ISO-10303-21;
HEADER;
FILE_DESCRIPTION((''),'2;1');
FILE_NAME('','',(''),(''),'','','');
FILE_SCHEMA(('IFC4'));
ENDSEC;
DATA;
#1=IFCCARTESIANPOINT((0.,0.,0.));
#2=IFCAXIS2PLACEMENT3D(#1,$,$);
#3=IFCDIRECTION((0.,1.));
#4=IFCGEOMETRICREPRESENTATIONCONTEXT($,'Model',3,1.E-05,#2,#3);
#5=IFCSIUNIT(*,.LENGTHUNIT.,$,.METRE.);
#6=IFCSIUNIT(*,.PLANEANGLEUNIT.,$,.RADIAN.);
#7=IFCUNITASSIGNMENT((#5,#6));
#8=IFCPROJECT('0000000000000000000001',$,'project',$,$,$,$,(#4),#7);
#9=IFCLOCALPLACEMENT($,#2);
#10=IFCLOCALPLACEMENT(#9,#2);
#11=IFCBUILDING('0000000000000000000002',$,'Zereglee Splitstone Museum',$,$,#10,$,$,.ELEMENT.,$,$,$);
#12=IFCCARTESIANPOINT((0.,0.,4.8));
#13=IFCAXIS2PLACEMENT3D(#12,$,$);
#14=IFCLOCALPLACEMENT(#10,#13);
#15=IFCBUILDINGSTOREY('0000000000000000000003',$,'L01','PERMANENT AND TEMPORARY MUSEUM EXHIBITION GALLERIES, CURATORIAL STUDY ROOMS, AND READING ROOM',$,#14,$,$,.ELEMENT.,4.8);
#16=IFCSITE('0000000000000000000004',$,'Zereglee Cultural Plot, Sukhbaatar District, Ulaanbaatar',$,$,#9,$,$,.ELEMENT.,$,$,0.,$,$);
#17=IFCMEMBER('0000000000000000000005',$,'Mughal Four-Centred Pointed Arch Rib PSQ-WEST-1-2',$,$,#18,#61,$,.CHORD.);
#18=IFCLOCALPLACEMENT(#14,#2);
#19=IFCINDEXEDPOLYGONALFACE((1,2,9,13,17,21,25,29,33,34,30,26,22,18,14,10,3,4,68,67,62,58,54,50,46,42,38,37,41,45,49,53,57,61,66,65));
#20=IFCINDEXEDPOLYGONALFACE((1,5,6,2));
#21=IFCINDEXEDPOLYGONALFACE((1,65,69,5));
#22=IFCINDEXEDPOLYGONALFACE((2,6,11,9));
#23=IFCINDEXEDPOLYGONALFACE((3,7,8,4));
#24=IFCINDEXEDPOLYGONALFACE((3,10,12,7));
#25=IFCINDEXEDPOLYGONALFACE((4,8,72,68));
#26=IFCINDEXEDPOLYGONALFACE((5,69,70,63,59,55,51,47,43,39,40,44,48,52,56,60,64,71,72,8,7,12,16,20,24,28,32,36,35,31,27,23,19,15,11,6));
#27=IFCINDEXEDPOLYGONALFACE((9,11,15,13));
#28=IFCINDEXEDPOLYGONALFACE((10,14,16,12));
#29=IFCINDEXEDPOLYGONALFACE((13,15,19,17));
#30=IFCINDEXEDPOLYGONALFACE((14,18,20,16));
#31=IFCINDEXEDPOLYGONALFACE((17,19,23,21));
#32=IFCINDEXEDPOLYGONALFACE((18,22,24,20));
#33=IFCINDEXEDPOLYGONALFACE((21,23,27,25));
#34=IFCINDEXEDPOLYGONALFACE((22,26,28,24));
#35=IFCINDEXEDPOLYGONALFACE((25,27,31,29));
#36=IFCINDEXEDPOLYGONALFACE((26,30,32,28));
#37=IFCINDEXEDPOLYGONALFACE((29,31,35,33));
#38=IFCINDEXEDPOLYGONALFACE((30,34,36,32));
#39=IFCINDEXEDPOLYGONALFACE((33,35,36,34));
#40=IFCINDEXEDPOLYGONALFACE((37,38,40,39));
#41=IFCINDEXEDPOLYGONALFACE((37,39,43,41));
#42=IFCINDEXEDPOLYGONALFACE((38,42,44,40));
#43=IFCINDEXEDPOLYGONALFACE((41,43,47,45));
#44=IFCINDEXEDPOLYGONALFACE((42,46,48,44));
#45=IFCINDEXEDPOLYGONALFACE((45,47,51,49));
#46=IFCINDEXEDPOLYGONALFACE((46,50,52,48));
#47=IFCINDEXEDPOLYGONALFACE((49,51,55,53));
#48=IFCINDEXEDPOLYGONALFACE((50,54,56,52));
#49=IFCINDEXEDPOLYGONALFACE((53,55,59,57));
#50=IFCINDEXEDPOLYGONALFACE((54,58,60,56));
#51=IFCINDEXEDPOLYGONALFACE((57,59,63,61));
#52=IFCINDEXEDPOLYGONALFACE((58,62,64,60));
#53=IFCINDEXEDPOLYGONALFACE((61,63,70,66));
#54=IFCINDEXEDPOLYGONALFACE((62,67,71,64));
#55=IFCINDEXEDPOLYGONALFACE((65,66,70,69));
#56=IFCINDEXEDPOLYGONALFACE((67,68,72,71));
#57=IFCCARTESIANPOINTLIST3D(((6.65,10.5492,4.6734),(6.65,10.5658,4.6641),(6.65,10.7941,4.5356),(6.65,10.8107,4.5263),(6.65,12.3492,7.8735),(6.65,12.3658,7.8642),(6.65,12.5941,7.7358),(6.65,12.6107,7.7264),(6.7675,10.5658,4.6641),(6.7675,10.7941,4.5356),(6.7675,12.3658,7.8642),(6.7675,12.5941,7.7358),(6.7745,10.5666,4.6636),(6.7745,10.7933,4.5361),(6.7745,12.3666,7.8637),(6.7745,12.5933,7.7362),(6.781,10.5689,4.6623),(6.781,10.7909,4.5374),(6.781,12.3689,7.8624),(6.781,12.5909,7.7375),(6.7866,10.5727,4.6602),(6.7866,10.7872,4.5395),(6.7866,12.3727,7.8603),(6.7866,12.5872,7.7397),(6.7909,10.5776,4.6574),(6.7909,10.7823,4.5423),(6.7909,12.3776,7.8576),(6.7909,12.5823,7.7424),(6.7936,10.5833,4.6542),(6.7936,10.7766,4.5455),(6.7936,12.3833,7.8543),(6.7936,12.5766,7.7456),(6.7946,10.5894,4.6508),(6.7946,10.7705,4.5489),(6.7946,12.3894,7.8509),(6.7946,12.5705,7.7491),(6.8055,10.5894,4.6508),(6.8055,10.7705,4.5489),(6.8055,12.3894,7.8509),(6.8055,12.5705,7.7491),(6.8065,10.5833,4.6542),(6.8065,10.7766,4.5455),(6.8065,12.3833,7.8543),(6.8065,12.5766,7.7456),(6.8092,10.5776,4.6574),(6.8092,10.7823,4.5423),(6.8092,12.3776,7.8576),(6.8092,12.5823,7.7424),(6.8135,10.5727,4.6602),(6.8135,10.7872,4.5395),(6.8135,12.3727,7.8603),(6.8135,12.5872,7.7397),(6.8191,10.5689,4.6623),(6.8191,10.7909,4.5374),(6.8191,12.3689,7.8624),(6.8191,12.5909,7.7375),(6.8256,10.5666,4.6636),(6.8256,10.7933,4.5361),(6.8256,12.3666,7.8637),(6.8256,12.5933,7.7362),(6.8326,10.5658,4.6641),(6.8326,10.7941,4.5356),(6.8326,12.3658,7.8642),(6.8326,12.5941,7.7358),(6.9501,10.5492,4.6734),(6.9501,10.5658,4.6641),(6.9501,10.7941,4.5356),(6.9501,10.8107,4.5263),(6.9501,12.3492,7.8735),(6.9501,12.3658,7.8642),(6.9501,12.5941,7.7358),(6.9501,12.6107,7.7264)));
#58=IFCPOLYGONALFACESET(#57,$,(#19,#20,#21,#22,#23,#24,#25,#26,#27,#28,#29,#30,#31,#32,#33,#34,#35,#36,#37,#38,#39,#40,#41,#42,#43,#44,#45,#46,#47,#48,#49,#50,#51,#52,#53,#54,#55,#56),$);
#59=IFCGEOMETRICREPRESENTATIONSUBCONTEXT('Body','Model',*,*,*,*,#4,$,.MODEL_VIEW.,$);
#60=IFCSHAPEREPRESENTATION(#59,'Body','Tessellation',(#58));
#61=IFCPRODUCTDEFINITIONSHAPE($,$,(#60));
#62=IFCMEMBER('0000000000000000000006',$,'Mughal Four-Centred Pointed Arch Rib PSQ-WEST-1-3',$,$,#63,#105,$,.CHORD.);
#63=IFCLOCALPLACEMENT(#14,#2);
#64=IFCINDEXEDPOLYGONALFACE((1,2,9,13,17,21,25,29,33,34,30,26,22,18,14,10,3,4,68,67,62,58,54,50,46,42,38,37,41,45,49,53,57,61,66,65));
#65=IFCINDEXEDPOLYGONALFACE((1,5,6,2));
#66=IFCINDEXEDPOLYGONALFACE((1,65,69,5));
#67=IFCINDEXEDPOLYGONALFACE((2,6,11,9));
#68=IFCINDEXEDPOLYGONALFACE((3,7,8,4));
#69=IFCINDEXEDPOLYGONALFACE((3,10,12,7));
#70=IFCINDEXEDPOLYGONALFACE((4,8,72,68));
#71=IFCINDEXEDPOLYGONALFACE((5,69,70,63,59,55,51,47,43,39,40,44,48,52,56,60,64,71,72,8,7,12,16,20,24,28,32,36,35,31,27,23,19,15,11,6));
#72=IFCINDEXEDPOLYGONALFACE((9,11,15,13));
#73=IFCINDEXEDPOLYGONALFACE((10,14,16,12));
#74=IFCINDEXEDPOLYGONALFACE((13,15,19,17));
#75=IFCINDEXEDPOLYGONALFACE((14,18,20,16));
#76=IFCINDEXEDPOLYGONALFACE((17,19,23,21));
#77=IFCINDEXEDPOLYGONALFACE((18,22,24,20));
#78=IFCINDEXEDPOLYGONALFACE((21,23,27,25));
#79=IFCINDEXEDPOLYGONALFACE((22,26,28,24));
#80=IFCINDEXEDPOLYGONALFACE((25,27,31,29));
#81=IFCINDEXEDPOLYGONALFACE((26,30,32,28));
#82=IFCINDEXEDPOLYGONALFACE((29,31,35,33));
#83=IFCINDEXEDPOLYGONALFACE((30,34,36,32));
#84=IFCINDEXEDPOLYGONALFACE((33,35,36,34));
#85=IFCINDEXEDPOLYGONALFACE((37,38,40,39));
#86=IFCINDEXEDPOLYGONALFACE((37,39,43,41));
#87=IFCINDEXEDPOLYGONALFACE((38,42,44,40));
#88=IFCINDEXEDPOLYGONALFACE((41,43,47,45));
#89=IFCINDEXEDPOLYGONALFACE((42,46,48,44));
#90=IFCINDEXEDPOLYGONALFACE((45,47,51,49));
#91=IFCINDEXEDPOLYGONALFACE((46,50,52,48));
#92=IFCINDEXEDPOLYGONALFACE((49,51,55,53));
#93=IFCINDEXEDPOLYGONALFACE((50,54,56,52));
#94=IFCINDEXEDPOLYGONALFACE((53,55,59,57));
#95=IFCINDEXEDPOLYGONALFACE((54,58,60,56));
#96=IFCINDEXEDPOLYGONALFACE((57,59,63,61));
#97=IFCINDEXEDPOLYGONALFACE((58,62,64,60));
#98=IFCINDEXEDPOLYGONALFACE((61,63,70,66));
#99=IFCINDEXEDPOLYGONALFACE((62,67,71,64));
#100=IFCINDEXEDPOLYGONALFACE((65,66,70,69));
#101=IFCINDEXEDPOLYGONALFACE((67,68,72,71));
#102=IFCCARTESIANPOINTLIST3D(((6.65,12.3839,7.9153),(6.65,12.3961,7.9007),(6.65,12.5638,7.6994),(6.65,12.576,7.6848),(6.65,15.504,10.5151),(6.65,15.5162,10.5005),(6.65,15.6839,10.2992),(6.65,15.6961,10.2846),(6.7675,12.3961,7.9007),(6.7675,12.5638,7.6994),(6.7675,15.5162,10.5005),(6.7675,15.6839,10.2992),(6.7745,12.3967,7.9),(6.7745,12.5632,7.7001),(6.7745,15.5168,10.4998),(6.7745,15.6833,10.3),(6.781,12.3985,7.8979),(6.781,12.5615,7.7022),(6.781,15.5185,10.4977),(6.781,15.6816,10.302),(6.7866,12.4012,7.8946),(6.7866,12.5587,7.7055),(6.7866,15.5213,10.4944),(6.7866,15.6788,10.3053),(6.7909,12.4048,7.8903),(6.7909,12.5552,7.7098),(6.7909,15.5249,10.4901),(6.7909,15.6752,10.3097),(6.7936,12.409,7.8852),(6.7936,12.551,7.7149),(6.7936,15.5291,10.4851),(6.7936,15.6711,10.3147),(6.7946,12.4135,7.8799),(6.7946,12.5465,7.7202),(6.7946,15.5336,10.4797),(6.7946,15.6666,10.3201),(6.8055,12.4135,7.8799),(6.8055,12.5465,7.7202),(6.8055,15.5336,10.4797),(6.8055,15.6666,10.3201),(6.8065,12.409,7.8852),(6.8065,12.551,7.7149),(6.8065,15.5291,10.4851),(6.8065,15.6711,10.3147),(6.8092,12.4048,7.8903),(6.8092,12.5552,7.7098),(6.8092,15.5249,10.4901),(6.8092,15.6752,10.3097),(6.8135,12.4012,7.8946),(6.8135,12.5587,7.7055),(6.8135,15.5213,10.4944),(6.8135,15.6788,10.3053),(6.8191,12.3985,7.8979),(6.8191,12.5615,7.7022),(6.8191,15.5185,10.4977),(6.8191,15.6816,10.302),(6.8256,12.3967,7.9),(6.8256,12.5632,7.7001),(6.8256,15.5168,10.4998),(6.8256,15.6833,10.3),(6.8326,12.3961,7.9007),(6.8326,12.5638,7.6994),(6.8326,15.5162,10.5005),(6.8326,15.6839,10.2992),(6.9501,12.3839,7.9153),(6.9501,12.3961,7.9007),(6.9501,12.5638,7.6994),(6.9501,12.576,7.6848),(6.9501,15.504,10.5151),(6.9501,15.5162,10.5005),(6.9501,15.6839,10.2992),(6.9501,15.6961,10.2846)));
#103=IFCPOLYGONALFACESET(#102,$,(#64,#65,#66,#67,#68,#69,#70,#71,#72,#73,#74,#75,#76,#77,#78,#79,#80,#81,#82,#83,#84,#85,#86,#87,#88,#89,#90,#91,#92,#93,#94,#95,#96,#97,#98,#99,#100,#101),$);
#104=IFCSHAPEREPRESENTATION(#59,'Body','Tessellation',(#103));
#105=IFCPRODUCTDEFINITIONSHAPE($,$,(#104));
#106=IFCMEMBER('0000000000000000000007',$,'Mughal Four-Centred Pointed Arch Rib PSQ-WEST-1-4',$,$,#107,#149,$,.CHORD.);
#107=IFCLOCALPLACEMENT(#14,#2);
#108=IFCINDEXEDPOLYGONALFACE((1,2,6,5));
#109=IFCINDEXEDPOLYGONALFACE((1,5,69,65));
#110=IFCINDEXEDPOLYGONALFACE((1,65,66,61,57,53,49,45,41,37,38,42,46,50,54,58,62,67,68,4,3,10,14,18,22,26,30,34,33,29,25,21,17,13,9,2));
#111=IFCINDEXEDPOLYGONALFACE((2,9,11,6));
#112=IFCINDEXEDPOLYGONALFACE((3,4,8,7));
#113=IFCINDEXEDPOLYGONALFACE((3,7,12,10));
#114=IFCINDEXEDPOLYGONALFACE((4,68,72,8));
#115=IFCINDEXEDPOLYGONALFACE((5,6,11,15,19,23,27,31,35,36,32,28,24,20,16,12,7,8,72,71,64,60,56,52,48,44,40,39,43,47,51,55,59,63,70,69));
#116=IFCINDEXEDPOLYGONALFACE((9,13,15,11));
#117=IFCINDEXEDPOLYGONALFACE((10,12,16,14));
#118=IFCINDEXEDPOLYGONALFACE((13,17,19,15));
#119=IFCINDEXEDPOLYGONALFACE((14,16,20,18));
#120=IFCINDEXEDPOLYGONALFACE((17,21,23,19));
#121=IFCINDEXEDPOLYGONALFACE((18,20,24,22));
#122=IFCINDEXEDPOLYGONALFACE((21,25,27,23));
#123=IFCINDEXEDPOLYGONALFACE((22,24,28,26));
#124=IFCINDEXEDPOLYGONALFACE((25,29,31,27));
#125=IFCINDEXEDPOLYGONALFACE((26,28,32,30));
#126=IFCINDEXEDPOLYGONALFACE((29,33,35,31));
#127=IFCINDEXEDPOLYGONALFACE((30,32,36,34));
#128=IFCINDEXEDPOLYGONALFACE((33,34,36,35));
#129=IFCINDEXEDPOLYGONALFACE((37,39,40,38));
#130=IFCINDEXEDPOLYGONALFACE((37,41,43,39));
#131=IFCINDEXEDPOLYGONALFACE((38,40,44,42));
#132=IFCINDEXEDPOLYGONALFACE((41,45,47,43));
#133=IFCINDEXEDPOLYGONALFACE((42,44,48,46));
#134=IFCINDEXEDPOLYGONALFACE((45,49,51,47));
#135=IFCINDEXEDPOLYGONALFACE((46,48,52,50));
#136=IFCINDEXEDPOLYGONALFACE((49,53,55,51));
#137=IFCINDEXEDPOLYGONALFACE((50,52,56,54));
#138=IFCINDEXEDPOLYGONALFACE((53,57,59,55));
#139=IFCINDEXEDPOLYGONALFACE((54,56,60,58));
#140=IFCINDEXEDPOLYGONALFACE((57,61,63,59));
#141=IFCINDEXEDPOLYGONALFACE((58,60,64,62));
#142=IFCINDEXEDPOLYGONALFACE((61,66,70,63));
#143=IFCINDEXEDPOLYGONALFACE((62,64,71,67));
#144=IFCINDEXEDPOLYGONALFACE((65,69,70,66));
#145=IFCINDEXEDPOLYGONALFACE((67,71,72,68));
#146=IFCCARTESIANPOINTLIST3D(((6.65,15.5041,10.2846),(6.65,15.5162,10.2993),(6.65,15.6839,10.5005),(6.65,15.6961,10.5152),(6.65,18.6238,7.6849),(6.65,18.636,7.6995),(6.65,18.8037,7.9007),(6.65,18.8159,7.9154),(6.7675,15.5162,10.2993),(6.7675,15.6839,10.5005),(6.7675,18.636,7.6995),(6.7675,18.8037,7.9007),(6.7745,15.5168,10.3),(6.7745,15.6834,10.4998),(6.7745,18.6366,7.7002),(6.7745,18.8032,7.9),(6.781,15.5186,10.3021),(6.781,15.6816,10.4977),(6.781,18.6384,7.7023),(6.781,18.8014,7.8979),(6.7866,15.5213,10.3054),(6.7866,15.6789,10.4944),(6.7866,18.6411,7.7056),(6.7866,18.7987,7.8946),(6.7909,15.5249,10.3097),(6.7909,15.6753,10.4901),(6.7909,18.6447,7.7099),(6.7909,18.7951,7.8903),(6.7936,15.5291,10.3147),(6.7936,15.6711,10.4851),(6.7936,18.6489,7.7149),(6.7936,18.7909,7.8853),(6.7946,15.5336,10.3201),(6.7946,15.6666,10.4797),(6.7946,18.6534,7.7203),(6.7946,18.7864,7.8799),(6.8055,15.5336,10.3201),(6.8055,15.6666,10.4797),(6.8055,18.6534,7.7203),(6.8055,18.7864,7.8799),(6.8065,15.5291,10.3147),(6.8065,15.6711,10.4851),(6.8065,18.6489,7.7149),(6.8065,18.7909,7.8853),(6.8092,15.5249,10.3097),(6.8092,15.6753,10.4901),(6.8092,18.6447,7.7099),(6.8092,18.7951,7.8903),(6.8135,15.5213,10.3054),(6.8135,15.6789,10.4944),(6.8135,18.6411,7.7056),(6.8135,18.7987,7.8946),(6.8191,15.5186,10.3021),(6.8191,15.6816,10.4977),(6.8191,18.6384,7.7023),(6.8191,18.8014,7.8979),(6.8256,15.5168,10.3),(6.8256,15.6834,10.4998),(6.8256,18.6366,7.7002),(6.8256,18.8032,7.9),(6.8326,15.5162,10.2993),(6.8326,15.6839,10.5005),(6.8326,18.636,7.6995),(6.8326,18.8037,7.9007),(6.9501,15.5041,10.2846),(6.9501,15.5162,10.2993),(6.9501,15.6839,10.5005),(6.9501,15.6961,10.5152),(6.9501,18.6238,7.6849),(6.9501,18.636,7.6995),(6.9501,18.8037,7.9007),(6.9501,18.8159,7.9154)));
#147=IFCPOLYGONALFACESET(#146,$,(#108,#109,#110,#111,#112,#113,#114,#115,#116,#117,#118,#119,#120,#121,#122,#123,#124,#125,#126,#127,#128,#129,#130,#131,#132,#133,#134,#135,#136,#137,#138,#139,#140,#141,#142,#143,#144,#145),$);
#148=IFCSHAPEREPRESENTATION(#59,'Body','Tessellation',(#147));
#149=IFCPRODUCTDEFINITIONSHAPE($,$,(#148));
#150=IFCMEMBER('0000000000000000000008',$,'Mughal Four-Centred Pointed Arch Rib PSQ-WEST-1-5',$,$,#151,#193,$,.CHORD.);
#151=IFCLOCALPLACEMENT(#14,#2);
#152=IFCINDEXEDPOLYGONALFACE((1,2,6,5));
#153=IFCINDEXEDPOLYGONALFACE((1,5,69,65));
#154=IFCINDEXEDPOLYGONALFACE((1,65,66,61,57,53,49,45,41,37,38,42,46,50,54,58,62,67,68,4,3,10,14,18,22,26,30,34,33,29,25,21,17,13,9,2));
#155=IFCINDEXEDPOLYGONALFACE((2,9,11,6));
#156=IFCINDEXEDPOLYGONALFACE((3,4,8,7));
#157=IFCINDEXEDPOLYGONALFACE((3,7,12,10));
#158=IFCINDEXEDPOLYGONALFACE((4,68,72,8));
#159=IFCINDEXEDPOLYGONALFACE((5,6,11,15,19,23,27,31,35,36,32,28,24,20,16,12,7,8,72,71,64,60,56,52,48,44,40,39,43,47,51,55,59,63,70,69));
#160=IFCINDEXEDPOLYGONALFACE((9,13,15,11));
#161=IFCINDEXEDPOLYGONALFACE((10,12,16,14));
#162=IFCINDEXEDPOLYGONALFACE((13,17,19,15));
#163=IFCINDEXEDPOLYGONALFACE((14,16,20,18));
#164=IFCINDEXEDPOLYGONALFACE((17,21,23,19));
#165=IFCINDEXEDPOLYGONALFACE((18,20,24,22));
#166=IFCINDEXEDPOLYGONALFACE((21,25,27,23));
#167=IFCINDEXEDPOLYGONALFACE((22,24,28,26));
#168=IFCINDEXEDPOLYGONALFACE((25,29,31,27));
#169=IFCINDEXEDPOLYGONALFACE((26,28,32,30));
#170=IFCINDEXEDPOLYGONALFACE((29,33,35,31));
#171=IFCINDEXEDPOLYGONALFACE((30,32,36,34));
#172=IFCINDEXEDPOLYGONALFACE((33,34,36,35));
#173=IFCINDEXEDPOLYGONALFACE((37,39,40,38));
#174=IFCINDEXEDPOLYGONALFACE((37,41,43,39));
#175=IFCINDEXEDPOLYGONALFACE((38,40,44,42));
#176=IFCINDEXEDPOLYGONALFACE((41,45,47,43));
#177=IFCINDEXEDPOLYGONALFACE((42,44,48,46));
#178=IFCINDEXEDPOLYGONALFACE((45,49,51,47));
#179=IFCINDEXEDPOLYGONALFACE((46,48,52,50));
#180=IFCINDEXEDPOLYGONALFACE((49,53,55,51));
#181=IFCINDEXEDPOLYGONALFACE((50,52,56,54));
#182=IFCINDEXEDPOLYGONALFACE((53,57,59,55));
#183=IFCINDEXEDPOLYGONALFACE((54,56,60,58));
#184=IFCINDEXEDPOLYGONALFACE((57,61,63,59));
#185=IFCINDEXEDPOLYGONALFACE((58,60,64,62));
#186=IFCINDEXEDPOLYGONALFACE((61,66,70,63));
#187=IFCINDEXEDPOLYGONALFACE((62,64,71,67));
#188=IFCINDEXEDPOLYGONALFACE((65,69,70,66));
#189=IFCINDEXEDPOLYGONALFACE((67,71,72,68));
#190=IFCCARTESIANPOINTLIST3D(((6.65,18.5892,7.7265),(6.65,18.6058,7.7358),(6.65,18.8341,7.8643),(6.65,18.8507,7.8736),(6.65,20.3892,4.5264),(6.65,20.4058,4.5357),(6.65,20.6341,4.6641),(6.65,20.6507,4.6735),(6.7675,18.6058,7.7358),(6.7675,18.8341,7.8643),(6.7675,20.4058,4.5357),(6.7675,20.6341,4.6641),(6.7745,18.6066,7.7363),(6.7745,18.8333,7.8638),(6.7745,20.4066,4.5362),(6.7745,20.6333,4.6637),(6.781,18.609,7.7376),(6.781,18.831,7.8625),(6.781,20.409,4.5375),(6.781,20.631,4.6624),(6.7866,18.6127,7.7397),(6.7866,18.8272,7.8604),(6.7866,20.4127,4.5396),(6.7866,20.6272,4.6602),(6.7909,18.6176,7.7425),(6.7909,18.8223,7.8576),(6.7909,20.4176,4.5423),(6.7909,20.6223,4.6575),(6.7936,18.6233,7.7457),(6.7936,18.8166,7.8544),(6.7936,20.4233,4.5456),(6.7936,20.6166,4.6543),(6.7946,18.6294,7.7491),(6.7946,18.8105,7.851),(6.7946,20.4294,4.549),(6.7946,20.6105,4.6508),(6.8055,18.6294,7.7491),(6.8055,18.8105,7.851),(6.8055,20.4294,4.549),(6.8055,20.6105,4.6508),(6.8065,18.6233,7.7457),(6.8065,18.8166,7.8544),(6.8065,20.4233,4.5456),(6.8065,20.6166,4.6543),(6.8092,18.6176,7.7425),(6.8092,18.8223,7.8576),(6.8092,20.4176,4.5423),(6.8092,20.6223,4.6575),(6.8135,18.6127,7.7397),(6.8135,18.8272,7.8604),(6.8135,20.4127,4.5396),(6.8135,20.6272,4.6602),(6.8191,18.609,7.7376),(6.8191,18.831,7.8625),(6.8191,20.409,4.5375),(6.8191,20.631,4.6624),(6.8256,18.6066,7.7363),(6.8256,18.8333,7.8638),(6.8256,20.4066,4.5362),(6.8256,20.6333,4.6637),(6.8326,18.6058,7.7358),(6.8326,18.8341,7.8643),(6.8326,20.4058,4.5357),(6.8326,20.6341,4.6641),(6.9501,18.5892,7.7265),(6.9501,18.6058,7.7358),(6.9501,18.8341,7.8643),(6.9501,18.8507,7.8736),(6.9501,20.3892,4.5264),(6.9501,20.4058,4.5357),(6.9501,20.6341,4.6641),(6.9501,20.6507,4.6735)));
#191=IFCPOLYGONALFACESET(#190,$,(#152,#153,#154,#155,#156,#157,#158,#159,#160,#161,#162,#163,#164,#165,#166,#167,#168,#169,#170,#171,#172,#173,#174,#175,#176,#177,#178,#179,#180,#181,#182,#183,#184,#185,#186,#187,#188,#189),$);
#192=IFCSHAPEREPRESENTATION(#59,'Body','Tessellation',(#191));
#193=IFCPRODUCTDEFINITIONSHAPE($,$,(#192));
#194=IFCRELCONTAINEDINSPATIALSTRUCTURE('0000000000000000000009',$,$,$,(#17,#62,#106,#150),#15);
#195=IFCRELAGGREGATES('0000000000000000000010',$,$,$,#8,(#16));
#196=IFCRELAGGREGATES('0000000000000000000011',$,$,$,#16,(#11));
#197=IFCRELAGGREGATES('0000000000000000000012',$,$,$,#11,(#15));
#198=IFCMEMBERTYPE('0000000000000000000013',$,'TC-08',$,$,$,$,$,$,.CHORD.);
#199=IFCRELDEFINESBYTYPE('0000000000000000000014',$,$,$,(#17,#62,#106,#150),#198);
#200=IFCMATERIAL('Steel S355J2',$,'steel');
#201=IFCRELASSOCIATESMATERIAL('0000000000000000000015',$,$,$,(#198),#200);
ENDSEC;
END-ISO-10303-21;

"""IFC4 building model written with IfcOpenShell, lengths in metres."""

from ifc_helpers import new_model, si_unit, direction, frame, origin, origin_2d, place, context, subcontext, project, spatial, i_section, extrude, material, material_profile, profile_set, type_object, element, save


model = new_model("IFC4")

# Units and contexts
model_context = context("Model", 3, precision=1e-05, world=origin(), true_north=direction((0.0, 1.0)))
body_context = subcontext(model_context, "Body", "Model", "MODEL_VIEW")
ifc_project = project(units=[si_unit("LENGTHUNIT", "METRE"), si_unit("PLANEANGLEUNIT", "RADIAN")], contexts=[model_context])

# Site, building, storey
site_placement = place(None, origin())
site = spatial("IfcSite", under=ifc_project, at=site_placement, Name="Zereglee Cultural Plot, Sukhbaatar District, Ulaanbaatar", CompositionType="ELEMENT", RefElevation=0.0)
building_placement = place(site_placement, origin())
building = spatial("IfcBuilding", under=site, at=building_placement, Name="Zereglee Splitstone Museum", CompositionType="ELEMENT")
storey_placement = place(building_placement, frame((0.0, 0.0, 4.8)))
storey = spatial("IfcBuildingStorey", under=building, at=storey_placement, Name="L01", Description="PERMANENT AND TEMPORARY MUSEUM EXHIBITION GALLERIES, CURATORIAL STUDY ROOMS, AND READING ROOM", CompositionType="ELEMENT", Elevation=4.8)

# Members
ifc_material_1 = material(Name="Steel S355J2", Category="steel")
ifc_material_profile_1 = material_profile(ifc_material_1, i_section(OverallWidth=0.3, OverallDepth=0.3, WebThickness=0.011, FlangeThickness=0.019, FilletRadius=0.0271, at=origin_2d()), Name="HE 300 B")
ifc_profile_set_1 = profile_set([ifc_material_profile_1], Name="Steel S355J2")
member_type_1 = type_object("IfcMemberType", Name="TC-08", PredefinedType="CHORD", material=ifc_profile_set_1)
member_1_placement = place(storey_placement, frame((6.8, 10.6799, 4.5999), z_axis=(0.0, 0.490249, 0.871583), x_axis=(-1.0, 0.0, 0.0)))
element("IfcMember", 1, at=member_1_placement, inside=storey, type_object=member_type_1, Name="Mughal Four-Centred Pointed Arch Rib PSQ-WEST-1-2", PredefinedType="CHORD", context=body_context, shape_type="SweptSolid", body=[
    extrude(i_section(OverallWidth=0.3, OverallDepth=0.3, WebThickness=0.011, FlangeThickness=0.019, FilletRadius=0.0271, at=origin_2d()), origin(), (0.0, 0.0, 1.0), 3.6716),
])
member_2_placement = place(storey_placement, frame((6.8, 12.48, 7.8), z_axis=(0.0, 0.768251, 0.640149), x_axis=(-1.0, 0.0, 0.0)))
element("IfcMember", 2, at=member_2_placement, inside=storey, type_object=member_type_1, Name="Mughal Four-Centred Pointed Arch Rib PSQ-WEST-1-3", PredefinedType="CHORD", context=body_context, shape_type="SweptSolid", body=[
    extrude(i_section(OverallWidth=0.3, OverallDepth=0.3, WebThickness=0.011, FlangeThickness=0.019, FilletRadius=0.0271, at=origin_2d()), origin(), (0.0, 0.0, 1.0), 4.0613),
])
member_3_placement = place(storey_placement, frame((6.8, 15.6001, 10.3999), z_axis=(0.0, 0.768226, -0.640178), x_axis=(-1.0, 0.0, 0.0)))
element("IfcMember", 3, at=member_3_placement, inside=storey, type_object=member_type_1, Name="Mughal Four-Centred Pointed Arch Rib PSQ-WEST-1-4", PredefinedType="CHORD", context=body_context, shape_type="SweptSolid", body=[
    extrude(i_section(OverallWidth=0.3, OverallDepth=0.3, WebThickness=0.011, FlangeThickness=0.019, FilletRadius=0.0271, at=origin_2d()), origin(), (0.0, 0.0, 1.0), 4.061),
])
member_4_placement = place(storey_placement, frame((6.8, 18.72, 7.8), z_axis=(0.0, 0.490249, -0.871583), x_axis=(-1.0, 0.0, 0.0)))
element("IfcMember", 4, at=member_4_placement, inside=storey, type_object=member_type_1, Name="Mughal Four-Centred Pointed Arch Rib PSQ-WEST-1-5", PredefinedType="CHORD", context=body_context, shape_type="SweptSolid", body=[
    extrude(i_section(OverallWidth=0.3, OverallDepth=0.3, WebThickness=0.011, FlangeThickness=0.019, FilletRadius=0.0271, at=origin_2d()), origin(), (0.0, 0.0, 1.0), 3.6716),
])

save(model, "model.ifc")
